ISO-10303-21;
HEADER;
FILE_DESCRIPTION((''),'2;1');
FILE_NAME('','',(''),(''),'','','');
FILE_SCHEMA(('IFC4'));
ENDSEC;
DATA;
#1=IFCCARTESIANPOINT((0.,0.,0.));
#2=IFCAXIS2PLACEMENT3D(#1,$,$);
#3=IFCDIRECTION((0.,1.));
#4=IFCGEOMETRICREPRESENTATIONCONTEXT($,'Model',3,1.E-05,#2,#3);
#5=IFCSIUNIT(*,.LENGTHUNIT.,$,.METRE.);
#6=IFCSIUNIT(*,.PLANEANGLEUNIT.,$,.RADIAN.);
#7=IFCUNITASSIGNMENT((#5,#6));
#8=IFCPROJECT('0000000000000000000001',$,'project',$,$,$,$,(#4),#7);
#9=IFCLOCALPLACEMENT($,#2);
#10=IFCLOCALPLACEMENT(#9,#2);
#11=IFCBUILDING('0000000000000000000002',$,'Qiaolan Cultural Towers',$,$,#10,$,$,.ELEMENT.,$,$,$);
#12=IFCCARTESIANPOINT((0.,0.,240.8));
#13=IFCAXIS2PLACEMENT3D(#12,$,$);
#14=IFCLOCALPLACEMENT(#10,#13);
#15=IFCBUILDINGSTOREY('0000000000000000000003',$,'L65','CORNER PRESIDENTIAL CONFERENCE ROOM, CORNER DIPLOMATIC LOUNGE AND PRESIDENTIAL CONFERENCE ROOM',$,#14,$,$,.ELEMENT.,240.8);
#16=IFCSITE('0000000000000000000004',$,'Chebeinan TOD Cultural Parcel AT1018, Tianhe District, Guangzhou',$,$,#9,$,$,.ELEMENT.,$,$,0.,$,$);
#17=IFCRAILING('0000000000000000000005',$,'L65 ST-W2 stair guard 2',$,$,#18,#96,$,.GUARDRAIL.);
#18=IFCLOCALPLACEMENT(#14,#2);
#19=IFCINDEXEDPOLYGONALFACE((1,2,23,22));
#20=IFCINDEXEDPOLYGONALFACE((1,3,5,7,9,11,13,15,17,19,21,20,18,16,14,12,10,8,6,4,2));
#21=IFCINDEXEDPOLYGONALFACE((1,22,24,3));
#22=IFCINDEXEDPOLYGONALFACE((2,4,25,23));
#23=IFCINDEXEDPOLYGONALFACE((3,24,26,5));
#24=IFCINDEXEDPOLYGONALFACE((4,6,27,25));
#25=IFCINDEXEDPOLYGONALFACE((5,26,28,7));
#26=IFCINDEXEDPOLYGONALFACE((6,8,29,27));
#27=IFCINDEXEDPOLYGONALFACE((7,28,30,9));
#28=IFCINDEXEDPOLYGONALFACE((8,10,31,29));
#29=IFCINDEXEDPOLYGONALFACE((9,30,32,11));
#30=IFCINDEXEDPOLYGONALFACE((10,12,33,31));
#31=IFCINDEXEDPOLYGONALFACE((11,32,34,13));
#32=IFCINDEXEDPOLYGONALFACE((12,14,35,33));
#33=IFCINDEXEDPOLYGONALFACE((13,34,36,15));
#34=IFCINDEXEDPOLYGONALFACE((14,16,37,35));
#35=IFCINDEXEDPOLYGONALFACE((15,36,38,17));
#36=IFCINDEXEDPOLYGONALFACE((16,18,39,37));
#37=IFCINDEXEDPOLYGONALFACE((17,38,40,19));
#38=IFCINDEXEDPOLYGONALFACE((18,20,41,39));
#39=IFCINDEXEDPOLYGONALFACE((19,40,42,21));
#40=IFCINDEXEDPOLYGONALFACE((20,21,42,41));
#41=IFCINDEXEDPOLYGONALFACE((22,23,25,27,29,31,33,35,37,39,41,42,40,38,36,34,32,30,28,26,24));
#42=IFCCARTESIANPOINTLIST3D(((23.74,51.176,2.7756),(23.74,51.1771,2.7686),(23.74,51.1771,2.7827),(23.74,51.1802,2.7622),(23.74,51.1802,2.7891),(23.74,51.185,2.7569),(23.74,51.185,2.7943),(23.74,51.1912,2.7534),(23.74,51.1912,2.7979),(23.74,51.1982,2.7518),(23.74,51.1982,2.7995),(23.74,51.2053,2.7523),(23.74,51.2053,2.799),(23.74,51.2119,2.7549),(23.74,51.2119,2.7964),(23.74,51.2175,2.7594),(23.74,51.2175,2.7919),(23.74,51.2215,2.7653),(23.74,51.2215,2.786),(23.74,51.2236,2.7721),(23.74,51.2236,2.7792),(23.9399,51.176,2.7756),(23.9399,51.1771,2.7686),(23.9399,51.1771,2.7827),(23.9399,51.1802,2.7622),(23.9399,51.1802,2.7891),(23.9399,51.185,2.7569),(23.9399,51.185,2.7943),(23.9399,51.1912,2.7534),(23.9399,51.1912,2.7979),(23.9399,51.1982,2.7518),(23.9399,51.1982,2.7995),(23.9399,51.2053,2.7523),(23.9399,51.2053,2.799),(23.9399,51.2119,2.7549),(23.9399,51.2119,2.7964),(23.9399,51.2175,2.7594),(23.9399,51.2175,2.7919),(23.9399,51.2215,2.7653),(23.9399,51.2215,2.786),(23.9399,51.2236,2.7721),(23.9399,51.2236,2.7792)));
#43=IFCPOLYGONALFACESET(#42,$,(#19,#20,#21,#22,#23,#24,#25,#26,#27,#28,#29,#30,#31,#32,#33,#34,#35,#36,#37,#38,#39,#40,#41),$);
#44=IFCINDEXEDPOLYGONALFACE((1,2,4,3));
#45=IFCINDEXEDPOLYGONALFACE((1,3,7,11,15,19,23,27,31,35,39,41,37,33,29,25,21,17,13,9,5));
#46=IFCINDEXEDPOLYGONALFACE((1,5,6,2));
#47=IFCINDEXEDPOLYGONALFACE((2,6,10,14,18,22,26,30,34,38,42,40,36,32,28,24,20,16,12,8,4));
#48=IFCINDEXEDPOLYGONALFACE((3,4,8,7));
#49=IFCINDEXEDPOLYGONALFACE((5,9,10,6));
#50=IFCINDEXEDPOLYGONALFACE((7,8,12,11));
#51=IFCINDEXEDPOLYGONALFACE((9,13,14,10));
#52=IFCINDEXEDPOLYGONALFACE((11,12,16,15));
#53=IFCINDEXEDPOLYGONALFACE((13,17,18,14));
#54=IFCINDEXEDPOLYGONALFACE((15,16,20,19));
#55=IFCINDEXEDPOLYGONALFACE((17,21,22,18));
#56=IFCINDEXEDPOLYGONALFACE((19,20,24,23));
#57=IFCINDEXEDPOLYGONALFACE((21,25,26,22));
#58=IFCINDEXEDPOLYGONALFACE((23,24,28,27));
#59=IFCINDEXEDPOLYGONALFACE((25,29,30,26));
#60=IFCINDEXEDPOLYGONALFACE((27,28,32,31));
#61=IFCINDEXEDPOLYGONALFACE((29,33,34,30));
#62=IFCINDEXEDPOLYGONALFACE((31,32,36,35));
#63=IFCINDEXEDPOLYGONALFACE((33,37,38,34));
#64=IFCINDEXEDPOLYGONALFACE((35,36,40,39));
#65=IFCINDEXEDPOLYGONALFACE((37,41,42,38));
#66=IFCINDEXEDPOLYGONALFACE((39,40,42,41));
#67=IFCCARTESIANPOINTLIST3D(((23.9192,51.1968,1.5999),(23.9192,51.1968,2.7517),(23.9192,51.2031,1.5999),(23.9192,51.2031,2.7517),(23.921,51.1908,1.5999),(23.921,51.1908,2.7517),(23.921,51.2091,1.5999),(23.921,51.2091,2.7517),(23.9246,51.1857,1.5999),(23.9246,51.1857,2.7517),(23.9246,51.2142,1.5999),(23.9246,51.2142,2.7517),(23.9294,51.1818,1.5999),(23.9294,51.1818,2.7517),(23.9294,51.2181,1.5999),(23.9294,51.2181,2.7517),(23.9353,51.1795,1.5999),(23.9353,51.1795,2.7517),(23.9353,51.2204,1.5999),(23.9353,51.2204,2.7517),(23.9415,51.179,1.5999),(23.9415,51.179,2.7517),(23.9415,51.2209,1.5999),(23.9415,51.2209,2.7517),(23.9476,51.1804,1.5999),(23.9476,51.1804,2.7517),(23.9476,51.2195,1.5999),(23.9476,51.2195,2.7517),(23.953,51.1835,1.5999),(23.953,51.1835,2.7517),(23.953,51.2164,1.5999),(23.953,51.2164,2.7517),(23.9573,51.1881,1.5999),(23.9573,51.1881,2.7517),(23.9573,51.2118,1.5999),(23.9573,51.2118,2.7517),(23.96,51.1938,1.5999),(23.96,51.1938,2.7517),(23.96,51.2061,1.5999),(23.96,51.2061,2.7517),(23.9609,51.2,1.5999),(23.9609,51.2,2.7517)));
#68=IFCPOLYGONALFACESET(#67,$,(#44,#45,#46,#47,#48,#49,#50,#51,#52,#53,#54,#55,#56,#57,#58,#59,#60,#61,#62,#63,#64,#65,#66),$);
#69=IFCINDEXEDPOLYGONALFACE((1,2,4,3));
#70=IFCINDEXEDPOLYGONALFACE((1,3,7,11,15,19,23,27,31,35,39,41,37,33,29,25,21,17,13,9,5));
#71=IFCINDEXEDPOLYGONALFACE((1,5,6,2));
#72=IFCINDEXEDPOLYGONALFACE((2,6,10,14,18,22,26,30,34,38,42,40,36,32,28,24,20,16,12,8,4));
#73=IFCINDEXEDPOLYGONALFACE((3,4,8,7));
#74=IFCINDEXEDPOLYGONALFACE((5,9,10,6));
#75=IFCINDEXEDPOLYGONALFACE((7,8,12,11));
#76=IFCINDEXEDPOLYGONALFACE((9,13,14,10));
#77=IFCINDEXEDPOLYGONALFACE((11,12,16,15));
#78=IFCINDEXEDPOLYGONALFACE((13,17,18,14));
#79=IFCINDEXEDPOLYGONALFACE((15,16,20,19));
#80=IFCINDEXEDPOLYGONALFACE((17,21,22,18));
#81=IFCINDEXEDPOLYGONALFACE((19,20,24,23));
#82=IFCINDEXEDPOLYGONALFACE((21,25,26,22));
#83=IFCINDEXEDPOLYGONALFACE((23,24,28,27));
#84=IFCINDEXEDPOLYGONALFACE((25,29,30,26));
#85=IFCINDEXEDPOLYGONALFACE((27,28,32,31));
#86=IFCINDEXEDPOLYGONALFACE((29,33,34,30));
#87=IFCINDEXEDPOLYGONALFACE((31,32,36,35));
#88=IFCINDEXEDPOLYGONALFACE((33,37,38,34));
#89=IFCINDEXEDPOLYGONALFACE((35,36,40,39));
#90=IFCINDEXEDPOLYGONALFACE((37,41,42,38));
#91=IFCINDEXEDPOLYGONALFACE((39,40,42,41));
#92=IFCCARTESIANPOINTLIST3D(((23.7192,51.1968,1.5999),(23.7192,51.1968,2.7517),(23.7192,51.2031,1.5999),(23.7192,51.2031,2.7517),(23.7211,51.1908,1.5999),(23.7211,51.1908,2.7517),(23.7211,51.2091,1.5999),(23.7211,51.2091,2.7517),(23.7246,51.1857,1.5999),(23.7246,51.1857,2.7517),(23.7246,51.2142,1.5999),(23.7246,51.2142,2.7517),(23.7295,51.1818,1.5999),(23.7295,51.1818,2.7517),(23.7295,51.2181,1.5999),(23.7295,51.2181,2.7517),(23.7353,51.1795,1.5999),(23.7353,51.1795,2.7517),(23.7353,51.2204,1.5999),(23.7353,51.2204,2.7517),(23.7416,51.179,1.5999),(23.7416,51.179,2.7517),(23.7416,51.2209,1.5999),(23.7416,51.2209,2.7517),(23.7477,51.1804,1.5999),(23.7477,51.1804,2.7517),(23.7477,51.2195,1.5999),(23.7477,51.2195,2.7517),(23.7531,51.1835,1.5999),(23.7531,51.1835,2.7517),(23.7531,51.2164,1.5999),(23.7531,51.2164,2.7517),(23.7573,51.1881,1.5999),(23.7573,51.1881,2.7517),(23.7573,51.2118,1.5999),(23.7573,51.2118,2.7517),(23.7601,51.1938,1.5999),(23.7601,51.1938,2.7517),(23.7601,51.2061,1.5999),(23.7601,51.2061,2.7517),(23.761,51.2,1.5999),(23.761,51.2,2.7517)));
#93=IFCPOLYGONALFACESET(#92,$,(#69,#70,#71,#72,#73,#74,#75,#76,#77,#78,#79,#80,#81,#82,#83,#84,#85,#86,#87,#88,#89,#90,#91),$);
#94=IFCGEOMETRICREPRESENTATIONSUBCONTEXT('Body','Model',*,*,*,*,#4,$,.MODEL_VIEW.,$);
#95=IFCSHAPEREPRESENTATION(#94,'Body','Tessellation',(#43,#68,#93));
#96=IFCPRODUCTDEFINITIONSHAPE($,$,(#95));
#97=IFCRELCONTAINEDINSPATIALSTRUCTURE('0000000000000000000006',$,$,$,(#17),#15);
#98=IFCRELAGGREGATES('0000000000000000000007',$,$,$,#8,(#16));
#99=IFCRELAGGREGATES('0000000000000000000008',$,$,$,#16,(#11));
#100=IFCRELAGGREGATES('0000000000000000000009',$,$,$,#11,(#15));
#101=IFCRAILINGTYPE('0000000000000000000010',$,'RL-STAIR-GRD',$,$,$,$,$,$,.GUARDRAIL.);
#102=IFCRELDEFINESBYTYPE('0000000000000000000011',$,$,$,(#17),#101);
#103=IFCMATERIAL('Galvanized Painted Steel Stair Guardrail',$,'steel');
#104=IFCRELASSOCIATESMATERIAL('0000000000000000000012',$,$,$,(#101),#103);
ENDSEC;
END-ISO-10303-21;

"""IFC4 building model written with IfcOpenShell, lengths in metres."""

from ifc_helpers import new_model, si_unit, direction, frame, origin, origin_2d, place, context, subcontext, project, spatial, circle, extrude, material, type_object, element, save


model = new_model("IFC4")

# Units and contexts
model_context = context("Model", 3, precision=1e-05, world=origin(), true_north=direction((0.0, 1.0)))
body_context = subcontext(model_context, "Body", "Model", "MODEL_VIEW")
ifc_project = project(units=[si_unit("LENGTHUNIT", "METRE"), si_unit("PLANEANGLEUNIT", "RADIAN")], contexts=[model_context])

# Site, building, storey
site_placement = place(None, origin())
site = spatial("IfcSite", under=ifc_project, at=site_placement, Name="Chebeinan TOD Cultural Parcel AT1018, Tianhe District, Guangzhou", CompositionType="ELEMENT", RefElevation=0.0)
building_placement = place(site_placement, origin())
building = spatial("IfcBuilding", under=site, at=building_placement, Name="Qiaolan Cultural Towers", CompositionType="ELEMENT")
storey_placement = place(building_placement, frame((0.0, 0.0, 240.8)))
storey = spatial("IfcBuildingStorey", under=building, at=storey_placement, Name="L65", Description="CORNER PRESIDENTIAL CONFERENCE ROOM, CORNER DIPLOMATIC LOUNGE AND PRESIDENTIAL CONFERENCE ROOM", CompositionType="ELEMENT", Elevation=240.8)

# Railing
ifc_material_1 = material(Name="Galvanized Painted Steel Stair Guardrail", Category="steel")
railing_type_1 = type_object("IfcRailingType", Name="RL-STAIR-GRD", PredefinedType="GUARDRAIL", material=ifc_material_1)
railing_1_placement = place(storey_placement, frame((23.9399, 51.2, 1.5999)))
element("IfcRailing", 1, at=railing_1_placement, inside=storey, type_object=railing_type_1, Name="L65 ST-W2 stair guard 2", PredefinedType="GUARDRAIL", context=body_context, shape_type="SweptSolid", body=[
    extrude(circle(Radius=0.0239, at=origin_2d()), frame((0.0, 0.0, 1.1758), z_axis=(-1.0, 0.0, 0.0), x_axis=(0.0, -1.0, 0.0)), (0.0, 0.0, 1.0), 0.2),
    extrude(circle(Radius=0.021, at=origin_2d()), origin(), (0.0, 0.0, 1.0), 1.1519),
    extrude(circle(Radius=0.021, at=origin_2d()), frame((-0.2, 0.0, 0.0)), (0.0, 0.0, 1.0), 1.1519),
])

save(model, "model.ifc")
